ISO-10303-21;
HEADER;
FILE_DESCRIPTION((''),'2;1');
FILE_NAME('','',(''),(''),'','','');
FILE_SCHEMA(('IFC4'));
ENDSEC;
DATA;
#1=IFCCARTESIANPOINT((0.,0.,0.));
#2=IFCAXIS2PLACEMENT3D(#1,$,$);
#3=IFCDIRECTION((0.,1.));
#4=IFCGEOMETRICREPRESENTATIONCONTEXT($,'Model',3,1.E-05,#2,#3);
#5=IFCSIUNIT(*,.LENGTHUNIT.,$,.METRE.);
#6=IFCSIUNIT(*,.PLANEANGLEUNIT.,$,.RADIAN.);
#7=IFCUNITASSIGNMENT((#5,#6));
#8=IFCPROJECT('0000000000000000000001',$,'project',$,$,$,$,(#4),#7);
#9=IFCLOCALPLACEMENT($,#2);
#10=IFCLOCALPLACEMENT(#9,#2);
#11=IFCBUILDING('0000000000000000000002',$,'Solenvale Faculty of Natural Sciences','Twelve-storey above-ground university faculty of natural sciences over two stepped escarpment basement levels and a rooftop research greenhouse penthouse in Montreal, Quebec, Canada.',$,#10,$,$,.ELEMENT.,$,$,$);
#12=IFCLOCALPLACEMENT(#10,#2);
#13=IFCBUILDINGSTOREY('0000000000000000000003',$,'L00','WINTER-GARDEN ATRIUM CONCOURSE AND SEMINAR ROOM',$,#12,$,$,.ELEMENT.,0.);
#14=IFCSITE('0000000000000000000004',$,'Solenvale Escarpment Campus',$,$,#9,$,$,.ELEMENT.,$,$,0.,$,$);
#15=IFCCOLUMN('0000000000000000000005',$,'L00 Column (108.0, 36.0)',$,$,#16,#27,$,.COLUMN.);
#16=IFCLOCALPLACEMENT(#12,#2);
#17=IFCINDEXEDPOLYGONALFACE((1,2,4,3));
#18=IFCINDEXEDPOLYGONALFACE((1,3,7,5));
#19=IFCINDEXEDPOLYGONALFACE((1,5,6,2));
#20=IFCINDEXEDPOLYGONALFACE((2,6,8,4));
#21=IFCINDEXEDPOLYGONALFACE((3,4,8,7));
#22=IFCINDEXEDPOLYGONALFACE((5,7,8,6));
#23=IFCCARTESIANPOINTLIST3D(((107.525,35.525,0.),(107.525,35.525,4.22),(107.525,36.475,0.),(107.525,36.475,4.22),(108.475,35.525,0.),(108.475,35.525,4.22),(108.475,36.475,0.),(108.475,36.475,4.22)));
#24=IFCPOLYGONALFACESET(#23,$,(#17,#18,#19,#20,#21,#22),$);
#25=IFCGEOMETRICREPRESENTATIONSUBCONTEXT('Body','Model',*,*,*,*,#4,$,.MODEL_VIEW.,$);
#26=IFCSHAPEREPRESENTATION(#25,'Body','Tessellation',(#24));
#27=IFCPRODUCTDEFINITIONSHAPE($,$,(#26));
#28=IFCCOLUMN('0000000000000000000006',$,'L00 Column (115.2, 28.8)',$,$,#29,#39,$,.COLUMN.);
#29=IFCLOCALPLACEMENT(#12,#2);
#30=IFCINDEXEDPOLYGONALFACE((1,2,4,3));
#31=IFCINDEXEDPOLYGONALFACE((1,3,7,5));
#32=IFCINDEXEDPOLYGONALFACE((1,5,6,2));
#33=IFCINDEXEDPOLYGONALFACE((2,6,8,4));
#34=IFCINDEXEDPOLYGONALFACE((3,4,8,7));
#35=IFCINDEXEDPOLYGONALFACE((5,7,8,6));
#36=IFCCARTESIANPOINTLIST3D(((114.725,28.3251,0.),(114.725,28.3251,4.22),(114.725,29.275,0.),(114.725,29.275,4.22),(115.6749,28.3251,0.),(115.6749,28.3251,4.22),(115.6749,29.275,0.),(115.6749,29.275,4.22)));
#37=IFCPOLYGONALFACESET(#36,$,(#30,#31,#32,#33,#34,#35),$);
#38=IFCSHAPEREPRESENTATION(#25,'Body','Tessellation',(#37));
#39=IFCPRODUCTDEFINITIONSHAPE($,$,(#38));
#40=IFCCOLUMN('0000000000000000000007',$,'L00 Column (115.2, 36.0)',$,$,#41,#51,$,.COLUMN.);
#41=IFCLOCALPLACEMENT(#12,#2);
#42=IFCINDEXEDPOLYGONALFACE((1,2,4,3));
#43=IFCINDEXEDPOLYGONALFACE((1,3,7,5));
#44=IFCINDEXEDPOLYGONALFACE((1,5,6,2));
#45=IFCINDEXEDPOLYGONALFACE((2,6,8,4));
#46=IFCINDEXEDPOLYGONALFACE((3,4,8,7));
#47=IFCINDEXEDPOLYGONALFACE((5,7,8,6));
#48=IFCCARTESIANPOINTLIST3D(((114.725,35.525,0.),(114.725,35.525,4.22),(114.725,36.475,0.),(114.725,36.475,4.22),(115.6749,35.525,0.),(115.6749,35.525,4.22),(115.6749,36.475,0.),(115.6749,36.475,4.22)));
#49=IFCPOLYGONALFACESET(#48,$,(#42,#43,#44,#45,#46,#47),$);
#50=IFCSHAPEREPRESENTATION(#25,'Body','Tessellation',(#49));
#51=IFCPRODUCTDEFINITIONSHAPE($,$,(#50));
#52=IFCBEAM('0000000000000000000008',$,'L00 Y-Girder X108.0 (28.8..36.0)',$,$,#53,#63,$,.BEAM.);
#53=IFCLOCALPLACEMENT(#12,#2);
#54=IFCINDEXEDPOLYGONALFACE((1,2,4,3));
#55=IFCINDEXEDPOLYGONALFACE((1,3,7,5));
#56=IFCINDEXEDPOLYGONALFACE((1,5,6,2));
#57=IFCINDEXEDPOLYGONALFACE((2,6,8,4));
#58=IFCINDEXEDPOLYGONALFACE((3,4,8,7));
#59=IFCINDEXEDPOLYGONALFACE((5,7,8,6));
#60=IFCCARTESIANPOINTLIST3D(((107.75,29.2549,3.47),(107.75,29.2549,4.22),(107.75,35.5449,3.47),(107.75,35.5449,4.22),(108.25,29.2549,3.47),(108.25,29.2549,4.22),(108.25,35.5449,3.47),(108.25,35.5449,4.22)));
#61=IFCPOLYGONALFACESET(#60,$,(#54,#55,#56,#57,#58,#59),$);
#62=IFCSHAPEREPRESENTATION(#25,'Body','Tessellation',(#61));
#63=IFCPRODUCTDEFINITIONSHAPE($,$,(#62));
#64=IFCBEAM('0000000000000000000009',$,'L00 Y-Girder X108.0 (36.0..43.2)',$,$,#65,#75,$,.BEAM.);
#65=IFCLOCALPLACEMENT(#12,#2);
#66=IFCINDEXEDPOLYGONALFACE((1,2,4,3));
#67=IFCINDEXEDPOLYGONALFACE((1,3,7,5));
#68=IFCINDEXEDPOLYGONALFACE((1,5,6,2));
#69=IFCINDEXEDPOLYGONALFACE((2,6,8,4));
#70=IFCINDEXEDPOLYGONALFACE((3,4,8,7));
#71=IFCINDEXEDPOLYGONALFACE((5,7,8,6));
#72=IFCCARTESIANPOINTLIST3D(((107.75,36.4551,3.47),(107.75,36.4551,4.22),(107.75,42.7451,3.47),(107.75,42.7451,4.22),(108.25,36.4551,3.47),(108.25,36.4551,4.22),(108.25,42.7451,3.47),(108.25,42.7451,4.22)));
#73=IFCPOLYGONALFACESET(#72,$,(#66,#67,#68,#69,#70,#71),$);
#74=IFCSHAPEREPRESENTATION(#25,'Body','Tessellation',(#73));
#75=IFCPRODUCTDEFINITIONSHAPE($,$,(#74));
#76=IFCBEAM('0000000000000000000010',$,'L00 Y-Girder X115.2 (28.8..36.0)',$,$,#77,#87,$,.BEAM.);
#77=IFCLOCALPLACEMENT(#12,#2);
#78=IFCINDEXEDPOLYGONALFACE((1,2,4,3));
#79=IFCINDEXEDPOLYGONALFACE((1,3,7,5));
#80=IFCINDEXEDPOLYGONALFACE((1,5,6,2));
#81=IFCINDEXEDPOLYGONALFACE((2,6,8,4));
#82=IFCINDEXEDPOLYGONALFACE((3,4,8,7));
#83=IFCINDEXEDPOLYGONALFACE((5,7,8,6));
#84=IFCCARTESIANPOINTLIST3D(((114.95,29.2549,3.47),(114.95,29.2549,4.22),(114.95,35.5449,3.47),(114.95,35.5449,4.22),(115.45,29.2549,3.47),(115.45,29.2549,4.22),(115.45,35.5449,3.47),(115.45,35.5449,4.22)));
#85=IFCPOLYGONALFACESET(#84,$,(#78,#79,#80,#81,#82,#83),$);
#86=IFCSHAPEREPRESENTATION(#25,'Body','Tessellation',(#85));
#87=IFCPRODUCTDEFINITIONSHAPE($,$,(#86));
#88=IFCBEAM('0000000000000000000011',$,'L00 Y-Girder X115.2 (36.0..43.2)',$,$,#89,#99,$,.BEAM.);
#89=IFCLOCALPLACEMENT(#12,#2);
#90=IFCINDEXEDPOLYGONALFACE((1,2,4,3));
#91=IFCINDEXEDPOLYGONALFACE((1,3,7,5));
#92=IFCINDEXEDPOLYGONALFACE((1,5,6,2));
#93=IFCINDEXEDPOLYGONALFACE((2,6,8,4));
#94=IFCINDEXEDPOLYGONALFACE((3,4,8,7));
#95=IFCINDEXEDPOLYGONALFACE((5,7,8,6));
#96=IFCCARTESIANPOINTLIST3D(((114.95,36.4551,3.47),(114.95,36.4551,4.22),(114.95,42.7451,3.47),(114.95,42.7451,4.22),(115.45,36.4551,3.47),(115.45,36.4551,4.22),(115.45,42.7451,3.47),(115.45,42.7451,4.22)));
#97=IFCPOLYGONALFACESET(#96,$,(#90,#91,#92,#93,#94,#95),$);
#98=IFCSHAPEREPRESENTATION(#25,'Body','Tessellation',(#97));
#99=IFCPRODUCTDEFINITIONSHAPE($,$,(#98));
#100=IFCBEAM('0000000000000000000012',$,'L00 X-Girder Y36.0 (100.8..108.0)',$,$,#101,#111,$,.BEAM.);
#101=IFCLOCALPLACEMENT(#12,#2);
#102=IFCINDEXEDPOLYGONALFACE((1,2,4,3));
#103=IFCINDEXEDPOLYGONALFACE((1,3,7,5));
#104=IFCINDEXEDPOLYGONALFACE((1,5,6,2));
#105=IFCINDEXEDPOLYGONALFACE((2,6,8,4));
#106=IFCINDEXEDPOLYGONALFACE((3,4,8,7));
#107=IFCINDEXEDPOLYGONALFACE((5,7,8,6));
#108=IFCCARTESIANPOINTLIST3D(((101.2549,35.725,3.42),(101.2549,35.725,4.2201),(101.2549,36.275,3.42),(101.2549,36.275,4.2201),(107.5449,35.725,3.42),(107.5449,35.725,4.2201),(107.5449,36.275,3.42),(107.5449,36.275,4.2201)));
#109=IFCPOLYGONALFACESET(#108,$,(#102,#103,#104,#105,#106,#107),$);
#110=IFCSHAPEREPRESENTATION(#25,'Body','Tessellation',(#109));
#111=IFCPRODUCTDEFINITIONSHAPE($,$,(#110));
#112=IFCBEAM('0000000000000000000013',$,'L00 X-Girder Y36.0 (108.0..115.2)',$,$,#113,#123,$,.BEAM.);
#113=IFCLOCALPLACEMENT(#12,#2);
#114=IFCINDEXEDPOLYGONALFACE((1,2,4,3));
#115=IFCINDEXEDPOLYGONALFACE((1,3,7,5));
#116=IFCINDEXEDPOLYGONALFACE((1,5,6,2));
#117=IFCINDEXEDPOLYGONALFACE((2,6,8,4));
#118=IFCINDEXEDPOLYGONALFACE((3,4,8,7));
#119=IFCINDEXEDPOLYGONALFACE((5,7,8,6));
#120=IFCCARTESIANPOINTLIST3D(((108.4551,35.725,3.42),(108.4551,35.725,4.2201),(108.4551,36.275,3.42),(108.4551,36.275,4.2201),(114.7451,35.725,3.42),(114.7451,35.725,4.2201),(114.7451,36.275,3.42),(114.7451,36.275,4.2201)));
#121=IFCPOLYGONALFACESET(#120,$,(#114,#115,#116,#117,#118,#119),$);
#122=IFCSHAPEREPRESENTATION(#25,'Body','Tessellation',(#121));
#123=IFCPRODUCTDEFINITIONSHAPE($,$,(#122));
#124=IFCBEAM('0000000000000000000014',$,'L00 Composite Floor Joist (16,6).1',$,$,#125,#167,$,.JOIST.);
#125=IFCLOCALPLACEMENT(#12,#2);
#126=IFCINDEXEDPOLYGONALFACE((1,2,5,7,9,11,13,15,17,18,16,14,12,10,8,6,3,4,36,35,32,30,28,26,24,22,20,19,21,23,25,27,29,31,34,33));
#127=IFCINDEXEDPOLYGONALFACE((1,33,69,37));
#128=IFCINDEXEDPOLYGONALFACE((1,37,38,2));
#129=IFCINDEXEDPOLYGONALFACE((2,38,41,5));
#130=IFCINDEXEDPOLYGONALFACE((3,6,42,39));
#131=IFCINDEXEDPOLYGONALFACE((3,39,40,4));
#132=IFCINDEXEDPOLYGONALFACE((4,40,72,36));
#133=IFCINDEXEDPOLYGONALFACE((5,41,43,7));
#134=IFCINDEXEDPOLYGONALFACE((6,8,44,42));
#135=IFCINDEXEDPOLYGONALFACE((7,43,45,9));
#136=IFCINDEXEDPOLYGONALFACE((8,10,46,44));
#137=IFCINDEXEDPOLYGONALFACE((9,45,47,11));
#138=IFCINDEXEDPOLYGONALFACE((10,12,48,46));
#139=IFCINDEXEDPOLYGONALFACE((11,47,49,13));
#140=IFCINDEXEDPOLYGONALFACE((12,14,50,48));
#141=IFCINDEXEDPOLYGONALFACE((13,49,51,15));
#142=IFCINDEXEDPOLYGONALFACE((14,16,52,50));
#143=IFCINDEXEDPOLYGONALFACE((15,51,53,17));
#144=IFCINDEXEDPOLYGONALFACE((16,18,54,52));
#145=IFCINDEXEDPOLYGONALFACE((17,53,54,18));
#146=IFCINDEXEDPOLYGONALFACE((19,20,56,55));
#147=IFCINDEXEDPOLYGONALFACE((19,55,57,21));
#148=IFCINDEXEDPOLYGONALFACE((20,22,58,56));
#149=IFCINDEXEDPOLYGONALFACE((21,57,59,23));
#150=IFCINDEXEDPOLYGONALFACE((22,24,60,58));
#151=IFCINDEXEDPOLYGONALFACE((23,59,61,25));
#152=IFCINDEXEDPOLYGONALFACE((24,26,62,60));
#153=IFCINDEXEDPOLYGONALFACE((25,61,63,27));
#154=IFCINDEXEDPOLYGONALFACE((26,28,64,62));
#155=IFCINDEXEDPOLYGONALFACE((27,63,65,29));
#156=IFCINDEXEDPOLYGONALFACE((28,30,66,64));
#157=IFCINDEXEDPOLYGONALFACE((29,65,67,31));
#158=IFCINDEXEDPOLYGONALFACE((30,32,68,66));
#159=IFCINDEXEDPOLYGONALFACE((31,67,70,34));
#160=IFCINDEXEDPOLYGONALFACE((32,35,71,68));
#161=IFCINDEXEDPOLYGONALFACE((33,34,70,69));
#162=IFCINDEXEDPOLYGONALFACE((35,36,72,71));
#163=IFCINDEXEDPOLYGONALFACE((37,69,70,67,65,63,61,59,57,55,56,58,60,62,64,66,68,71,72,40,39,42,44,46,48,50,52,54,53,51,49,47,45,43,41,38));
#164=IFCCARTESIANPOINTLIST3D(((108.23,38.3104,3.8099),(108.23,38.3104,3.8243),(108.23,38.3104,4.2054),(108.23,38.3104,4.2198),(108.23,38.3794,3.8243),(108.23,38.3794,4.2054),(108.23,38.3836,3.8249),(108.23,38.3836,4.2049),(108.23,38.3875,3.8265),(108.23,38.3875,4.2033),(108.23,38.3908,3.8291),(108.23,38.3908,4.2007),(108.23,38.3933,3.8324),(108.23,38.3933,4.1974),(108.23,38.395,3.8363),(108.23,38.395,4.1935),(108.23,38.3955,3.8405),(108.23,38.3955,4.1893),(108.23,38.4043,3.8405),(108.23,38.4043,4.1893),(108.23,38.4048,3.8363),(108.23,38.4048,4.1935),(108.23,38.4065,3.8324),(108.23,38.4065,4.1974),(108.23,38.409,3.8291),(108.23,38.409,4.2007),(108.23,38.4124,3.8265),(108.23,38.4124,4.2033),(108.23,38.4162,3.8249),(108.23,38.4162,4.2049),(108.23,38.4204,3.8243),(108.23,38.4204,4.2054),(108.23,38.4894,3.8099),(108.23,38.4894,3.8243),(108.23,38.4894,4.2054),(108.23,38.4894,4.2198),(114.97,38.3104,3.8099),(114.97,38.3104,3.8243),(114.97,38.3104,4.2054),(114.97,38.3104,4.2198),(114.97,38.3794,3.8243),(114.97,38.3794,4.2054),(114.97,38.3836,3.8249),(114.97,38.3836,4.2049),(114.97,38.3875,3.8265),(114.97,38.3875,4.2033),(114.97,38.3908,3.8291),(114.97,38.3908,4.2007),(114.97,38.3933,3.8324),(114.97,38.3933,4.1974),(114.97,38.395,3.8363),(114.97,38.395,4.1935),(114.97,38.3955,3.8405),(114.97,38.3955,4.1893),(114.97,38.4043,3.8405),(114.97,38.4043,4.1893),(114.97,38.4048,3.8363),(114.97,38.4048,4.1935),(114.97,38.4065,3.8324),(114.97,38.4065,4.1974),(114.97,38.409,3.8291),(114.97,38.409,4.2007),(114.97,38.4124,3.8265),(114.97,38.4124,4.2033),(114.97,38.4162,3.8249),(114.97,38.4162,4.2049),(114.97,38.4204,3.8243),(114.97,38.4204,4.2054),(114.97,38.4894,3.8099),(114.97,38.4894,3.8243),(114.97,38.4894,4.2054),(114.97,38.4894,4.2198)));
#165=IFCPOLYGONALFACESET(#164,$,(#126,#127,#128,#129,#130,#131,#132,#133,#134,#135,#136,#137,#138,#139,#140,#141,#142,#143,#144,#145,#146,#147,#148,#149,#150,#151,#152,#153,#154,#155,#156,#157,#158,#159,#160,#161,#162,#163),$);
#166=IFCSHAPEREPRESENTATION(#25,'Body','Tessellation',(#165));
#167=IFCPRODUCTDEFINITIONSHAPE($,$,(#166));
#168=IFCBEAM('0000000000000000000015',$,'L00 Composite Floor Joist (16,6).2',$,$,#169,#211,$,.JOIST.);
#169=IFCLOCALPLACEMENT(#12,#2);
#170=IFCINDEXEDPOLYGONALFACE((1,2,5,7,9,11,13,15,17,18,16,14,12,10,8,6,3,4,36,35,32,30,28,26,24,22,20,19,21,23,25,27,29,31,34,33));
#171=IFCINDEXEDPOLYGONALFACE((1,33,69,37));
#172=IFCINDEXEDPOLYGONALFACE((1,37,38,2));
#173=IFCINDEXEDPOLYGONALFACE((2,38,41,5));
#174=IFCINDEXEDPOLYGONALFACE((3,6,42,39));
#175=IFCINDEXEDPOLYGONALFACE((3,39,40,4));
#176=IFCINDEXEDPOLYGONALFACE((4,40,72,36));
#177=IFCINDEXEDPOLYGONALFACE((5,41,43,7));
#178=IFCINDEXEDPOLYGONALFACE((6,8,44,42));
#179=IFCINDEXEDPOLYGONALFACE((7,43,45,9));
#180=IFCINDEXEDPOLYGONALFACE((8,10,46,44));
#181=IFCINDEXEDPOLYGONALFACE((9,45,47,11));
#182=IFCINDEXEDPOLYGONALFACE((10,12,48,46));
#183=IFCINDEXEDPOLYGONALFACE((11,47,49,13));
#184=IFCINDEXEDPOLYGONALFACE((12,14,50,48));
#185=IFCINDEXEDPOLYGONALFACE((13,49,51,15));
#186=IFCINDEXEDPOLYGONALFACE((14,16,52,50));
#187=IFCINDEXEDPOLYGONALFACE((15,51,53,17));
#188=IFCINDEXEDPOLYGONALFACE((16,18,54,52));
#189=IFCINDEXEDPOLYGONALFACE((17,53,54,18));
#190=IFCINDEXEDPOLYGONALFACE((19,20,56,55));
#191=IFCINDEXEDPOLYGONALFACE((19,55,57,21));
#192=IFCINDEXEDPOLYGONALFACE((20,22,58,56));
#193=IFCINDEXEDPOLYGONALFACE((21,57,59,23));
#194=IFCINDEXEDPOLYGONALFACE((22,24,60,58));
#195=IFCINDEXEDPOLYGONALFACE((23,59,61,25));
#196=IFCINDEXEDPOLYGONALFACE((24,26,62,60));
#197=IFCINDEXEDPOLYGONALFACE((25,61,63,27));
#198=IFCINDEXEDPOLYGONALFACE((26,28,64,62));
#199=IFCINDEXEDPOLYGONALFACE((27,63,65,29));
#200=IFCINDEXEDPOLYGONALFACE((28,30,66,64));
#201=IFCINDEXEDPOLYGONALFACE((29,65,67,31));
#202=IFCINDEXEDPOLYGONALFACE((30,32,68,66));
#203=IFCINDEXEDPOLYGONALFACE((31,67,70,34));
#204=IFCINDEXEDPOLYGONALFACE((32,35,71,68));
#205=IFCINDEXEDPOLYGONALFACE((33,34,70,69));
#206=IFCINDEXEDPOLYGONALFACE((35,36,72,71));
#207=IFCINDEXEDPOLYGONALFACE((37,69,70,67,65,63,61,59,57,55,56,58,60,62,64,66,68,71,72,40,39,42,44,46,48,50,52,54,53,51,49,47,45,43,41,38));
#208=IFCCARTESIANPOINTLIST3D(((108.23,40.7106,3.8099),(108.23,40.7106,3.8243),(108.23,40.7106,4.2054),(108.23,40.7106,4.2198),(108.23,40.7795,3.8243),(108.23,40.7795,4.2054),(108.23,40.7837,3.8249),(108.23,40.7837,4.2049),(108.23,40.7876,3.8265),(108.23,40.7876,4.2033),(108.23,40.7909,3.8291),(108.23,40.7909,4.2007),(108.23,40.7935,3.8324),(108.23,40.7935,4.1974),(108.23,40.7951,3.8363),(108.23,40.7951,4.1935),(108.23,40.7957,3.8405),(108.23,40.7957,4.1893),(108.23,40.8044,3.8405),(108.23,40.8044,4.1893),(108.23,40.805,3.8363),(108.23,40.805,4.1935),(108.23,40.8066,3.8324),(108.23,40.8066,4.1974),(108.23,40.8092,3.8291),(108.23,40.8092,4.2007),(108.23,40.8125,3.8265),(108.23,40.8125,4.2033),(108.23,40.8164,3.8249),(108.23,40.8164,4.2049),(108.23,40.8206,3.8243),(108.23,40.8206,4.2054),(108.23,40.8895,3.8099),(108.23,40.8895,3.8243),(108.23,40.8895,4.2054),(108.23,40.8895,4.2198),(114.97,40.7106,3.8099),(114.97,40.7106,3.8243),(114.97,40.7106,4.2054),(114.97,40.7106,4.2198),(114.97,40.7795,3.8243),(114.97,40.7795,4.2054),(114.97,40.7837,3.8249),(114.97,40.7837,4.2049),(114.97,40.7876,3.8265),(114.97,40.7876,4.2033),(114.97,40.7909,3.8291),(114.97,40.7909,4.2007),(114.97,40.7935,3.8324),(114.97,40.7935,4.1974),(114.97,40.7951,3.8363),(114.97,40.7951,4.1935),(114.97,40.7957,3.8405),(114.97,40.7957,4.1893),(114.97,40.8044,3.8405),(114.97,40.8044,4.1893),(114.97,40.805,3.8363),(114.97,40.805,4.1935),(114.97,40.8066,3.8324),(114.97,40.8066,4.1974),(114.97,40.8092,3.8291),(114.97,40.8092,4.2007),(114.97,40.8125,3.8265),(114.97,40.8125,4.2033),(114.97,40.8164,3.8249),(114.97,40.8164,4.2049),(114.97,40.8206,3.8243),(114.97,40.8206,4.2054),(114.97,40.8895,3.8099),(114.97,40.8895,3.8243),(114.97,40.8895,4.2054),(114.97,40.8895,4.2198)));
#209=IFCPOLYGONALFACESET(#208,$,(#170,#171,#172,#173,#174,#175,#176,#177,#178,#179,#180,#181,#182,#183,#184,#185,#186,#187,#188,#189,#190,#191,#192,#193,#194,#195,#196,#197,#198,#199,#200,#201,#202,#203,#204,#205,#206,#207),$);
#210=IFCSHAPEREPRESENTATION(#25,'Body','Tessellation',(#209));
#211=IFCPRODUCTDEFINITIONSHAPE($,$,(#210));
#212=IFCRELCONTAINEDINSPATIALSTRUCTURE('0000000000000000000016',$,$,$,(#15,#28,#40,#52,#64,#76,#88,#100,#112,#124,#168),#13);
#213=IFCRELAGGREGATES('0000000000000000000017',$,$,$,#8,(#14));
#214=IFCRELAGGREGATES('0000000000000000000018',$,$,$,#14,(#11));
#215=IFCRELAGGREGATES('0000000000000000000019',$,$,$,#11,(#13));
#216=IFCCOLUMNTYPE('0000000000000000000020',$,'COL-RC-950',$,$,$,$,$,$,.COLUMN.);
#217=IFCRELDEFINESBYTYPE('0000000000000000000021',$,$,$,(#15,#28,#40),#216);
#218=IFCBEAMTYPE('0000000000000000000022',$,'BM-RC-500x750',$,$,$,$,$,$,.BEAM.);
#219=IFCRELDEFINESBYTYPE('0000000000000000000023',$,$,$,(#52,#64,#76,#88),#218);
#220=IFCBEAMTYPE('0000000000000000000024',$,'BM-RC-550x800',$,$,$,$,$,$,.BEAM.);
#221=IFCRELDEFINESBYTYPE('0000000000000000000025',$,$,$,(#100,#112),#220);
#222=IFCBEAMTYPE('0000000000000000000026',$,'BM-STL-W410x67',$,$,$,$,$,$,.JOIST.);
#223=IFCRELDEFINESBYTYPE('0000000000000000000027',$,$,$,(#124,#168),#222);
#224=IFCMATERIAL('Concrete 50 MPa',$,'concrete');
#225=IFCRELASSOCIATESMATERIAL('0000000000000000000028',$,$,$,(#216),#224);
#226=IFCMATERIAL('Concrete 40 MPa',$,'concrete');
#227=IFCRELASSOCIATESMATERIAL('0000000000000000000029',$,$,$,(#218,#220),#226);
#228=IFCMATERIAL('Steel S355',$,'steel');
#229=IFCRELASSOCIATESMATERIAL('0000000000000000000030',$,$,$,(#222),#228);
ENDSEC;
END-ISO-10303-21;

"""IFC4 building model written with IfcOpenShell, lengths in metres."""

from ifc_helpers import new_model, si_unit, direction, frame, origin, origin_2d, place, context, subcontext, project, spatial, rectangle, i_section, extrude, material, material_profile, profile_set, type_object, element, save


model = new_model("IFC4")

# Units and contexts
model_context = context("Model", 3, precision=1e-05, world=origin(), true_north=direction((0.0, 1.0)))
body_context = subcontext(model_context, "Body", "Model", "MODEL_VIEW")
ifc_project = project(units=[si_unit("LENGTHUNIT", "METRE"), si_unit("PLANEANGLEUNIT", "RADIAN")], contexts=[model_context])

# Site, building, storey
site_placement = place(None, origin())
site = spatial("IfcSite", under=ifc_project, at=site_placement, Name="Solenvale Escarpment Campus", CompositionType="ELEMENT", RefElevation=0.0)
building_placement = place(site_placement, origin())
building = spatial("IfcBuilding", under=site, at=building_placement, Name="Solenvale Faculty of Natural Sciences", Description="Twelve-storey above-ground university faculty of natural sciences over two stepped escarpment basement levels and a rooftop research greenhouse penthouse in Montreal, Quebec, Canada.", CompositionType="ELEMENT")
storey_placement = place(building_placement, origin())
storey = spatial("IfcBuildingStorey", under=building, at=storey_placement, Name="L00", Description="WINTER-GARDEN ATRIUM CONCOURSE AND SEMINAR ROOM", CompositionType="ELEMENT", Elevation=0.0)

# Columns
ifc_material_1 = material(Name="Concrete 50 MPa", Category="concrete")
ifc_material_profile_1 = material_profile(ifc_material_1, rectangle(XDim=0.95, YDim=0.95, at=origin_2d()), Name="RC-COL-950x950")
ifc_profile_set_1 = profile_set([ifc_material_profile_1], Name="Concrete 50 MPa")
column_type = type_object("IfcColumnType", Name="COL-RC-950", PredefinedType="COLUMN", material=ifc_profile_set_1)
for number, where, z_axis, x_axis, name in (
    (1, (108.0, 36.0, 0.0), (0.0, 0.0, 1.0), (1.0, 0.0, 0.0), "L00 Column (108.0, 36.0)"),
    (2, (115.2, 28.8, 0.0), (0.0, 0.0, 1.0), (1.0, 0.0, 0.0), "L00 Column (115.2, 28.8)"),
    (3, (115.2, 36.0, 0.0), (0.0, 0.0, 1.0), (1.0, 0.0, 0.0), "L00 Column (115.2, 36.0)"),
):
    element("IfcColumn", number, at=place(storey_placement, frame(where, z_axis=z_axis, x_axis=x_axis)), inside=storey, type_object=column_type, Name=name, PredefinedType="COLUMN", context=body_context, shape_type="SweptSolid", body=[
        extrude(rectangle(XDim=0.95, YDim=0.95, at=origin_2d()), origin(), (0.0, 0.0, 1.0), 4.22),
    ])

# Beams
ifc_material_2 = material(Name="Concrete 40 MPa", Category="concrete")
ifc_material_profile_2 = material_profile(ifc_material_2, rectangle(XDim=0.5, YDim=0.75, at=origin_2d()), Name="RC-BM-500x750")
ifc_profile_set_2 = profile_set([ifc_material_profile_2], Name="Concrete 40 MPa")
beam_type_1 = type_object("IfcBeamType", Name="BM-RC-500x750", PredefinedType="BEAM", material=ifc_profile_set_2)
for number, where, z_axis, x_axis, name in (
    (4, (108.0, 29.2549, 3.845), (0.0, 1.0, 0.0), (-1.0, 0.0, 0.0), "L00 Y-Girder X108.0 (28.8..36.0)"),
    (5, (108.0, 36.4551, 3.845), (0.0, 1.0, 0.0), (-1.0, 0.0, 0.0), "L00 Y-Girder X108.0 (36.0..43.2)"),
    (6, (115.2, 29.2549, 3.845), (0.0, 1.0, 0.0), (-1.0, 0.0, 0.0), "L00 Y-Girder X115.2 (28.8..36.0)"),
    (7, (115.2, 36.4551, 3.845), (0.0, 1.0, 0.0), (-1.0, 0.0, 0.0), "L00 Y-Girder X115.2 (36.0..43.2)"),
):
    element("IfcBeam", number, at=place(storey_placement, frame(where, z_axis=z_axis, x_axis=x_axis)), inside=storey, type_object=beam_type_1, Name=name, PredefinedType="BEAM", context=body_context, shape_type="SweptSolid", body=[
        extrude(rectangle(XDim=0.5, YDim=0.75, at=origin_2d()), origin(), (0.0, 0.0, 1.0), 6.29),
    ])
ifc_material_profile_3 = material_profile(ifc_material_2, rectangle(XDim=0.55, YDim=0.8, at=origin_2d()), Name="RC-BM-550x800")
ifc_profile_set_3 = profile_set([ifc_material_profile_3], Name="Concrete 40 MPa")
beam_type_2 = type_object("IfcBeamType", Name="BM-RC-550x800", PredefinedType="BEAM", material=ifc_profile_set_3)
for number, where, z_axis, x_axis, name in (
    (8, (101.2549, 36.0, 3.8201), (1.0, 0.0, 0.0), (0.0, 1.0, 0.0), "L00 X-Girder Y36.0 (100.8..108.0)"),
    (9, (108.4551, 36.0, 3.8201), (1.0, 0.0, 0.0), (0.0, 1.0, 0.0), "L00 X-Girder Y36.0 (108.0..115.2)"),
):
    element("IfcBeam", number, at=place(storey_placement, frame(where, z_axis=z_axis, x_axis=x_axis)), inside=storey, type_object=beam_type_2, Name=name, PredefinedType="BEAM", context=body_context, shape_type="SweptSolid", body=[
        extrude(rectangle(XDim=0.55, YDim=0.8, at=origin_2d()), origin(), (0.0, 0.0, 1.0), 6.29),
    ])
ifc_material_3 = material(Name="Steel S355", Category="steel")
ifc_material_profile_4 = material_profile(ifc_material_3, i_section(OverallWidth=0.179, OverallDepth=0.4099, WebThickness=0.0088, FlangeThickness=0.0144, FilletRadius=0.0161, at=origin_2d()), Name="W410x67")
ifc_profile_set_4 = profile_set([ifc_material_profile_4], Name="Steel S355")
beam_type_3 = type_object("IfcBeamType", Name="BM-STL-W410x67", PredefinedType="JOIST", material=ifc_profile_set_4)
for number, where, z_axis, x_axis, name in (
    (10, (108.23, 38.3999, 4.0149), (1.0, 0.0, 0.0), (0.0, 1.0, 0.0), "L00 Composite Floor Joist (16,6).1"),
    (11, (108.23, 40.8, 4.0149), (1.0, 0.0, 0.0), (0.0, 1.0, 0.0), "L00 Composite Floor Joist (16,6).2"),
):
    element("IfcBeam", number, at=place(storey_placement, frame(where, z_axis=z_axis, x_axis=x_axis)), inside=storey, type_object=beam_type_3, Name=name, PredefinedType="JOIST", context=body_context, shape_type="SweptSolid", body=[
        extrude(i_section(OverallWidth=0.179, OverallDepth=0.4099, WebThickness=0.0088, FlangeThickness=0.0144, FilletRadius=0.0161, at=origin_2d()), origin(), (0.0, 0.0, 1.0), 6.74),
    ])

save(model, "model.ifc")
